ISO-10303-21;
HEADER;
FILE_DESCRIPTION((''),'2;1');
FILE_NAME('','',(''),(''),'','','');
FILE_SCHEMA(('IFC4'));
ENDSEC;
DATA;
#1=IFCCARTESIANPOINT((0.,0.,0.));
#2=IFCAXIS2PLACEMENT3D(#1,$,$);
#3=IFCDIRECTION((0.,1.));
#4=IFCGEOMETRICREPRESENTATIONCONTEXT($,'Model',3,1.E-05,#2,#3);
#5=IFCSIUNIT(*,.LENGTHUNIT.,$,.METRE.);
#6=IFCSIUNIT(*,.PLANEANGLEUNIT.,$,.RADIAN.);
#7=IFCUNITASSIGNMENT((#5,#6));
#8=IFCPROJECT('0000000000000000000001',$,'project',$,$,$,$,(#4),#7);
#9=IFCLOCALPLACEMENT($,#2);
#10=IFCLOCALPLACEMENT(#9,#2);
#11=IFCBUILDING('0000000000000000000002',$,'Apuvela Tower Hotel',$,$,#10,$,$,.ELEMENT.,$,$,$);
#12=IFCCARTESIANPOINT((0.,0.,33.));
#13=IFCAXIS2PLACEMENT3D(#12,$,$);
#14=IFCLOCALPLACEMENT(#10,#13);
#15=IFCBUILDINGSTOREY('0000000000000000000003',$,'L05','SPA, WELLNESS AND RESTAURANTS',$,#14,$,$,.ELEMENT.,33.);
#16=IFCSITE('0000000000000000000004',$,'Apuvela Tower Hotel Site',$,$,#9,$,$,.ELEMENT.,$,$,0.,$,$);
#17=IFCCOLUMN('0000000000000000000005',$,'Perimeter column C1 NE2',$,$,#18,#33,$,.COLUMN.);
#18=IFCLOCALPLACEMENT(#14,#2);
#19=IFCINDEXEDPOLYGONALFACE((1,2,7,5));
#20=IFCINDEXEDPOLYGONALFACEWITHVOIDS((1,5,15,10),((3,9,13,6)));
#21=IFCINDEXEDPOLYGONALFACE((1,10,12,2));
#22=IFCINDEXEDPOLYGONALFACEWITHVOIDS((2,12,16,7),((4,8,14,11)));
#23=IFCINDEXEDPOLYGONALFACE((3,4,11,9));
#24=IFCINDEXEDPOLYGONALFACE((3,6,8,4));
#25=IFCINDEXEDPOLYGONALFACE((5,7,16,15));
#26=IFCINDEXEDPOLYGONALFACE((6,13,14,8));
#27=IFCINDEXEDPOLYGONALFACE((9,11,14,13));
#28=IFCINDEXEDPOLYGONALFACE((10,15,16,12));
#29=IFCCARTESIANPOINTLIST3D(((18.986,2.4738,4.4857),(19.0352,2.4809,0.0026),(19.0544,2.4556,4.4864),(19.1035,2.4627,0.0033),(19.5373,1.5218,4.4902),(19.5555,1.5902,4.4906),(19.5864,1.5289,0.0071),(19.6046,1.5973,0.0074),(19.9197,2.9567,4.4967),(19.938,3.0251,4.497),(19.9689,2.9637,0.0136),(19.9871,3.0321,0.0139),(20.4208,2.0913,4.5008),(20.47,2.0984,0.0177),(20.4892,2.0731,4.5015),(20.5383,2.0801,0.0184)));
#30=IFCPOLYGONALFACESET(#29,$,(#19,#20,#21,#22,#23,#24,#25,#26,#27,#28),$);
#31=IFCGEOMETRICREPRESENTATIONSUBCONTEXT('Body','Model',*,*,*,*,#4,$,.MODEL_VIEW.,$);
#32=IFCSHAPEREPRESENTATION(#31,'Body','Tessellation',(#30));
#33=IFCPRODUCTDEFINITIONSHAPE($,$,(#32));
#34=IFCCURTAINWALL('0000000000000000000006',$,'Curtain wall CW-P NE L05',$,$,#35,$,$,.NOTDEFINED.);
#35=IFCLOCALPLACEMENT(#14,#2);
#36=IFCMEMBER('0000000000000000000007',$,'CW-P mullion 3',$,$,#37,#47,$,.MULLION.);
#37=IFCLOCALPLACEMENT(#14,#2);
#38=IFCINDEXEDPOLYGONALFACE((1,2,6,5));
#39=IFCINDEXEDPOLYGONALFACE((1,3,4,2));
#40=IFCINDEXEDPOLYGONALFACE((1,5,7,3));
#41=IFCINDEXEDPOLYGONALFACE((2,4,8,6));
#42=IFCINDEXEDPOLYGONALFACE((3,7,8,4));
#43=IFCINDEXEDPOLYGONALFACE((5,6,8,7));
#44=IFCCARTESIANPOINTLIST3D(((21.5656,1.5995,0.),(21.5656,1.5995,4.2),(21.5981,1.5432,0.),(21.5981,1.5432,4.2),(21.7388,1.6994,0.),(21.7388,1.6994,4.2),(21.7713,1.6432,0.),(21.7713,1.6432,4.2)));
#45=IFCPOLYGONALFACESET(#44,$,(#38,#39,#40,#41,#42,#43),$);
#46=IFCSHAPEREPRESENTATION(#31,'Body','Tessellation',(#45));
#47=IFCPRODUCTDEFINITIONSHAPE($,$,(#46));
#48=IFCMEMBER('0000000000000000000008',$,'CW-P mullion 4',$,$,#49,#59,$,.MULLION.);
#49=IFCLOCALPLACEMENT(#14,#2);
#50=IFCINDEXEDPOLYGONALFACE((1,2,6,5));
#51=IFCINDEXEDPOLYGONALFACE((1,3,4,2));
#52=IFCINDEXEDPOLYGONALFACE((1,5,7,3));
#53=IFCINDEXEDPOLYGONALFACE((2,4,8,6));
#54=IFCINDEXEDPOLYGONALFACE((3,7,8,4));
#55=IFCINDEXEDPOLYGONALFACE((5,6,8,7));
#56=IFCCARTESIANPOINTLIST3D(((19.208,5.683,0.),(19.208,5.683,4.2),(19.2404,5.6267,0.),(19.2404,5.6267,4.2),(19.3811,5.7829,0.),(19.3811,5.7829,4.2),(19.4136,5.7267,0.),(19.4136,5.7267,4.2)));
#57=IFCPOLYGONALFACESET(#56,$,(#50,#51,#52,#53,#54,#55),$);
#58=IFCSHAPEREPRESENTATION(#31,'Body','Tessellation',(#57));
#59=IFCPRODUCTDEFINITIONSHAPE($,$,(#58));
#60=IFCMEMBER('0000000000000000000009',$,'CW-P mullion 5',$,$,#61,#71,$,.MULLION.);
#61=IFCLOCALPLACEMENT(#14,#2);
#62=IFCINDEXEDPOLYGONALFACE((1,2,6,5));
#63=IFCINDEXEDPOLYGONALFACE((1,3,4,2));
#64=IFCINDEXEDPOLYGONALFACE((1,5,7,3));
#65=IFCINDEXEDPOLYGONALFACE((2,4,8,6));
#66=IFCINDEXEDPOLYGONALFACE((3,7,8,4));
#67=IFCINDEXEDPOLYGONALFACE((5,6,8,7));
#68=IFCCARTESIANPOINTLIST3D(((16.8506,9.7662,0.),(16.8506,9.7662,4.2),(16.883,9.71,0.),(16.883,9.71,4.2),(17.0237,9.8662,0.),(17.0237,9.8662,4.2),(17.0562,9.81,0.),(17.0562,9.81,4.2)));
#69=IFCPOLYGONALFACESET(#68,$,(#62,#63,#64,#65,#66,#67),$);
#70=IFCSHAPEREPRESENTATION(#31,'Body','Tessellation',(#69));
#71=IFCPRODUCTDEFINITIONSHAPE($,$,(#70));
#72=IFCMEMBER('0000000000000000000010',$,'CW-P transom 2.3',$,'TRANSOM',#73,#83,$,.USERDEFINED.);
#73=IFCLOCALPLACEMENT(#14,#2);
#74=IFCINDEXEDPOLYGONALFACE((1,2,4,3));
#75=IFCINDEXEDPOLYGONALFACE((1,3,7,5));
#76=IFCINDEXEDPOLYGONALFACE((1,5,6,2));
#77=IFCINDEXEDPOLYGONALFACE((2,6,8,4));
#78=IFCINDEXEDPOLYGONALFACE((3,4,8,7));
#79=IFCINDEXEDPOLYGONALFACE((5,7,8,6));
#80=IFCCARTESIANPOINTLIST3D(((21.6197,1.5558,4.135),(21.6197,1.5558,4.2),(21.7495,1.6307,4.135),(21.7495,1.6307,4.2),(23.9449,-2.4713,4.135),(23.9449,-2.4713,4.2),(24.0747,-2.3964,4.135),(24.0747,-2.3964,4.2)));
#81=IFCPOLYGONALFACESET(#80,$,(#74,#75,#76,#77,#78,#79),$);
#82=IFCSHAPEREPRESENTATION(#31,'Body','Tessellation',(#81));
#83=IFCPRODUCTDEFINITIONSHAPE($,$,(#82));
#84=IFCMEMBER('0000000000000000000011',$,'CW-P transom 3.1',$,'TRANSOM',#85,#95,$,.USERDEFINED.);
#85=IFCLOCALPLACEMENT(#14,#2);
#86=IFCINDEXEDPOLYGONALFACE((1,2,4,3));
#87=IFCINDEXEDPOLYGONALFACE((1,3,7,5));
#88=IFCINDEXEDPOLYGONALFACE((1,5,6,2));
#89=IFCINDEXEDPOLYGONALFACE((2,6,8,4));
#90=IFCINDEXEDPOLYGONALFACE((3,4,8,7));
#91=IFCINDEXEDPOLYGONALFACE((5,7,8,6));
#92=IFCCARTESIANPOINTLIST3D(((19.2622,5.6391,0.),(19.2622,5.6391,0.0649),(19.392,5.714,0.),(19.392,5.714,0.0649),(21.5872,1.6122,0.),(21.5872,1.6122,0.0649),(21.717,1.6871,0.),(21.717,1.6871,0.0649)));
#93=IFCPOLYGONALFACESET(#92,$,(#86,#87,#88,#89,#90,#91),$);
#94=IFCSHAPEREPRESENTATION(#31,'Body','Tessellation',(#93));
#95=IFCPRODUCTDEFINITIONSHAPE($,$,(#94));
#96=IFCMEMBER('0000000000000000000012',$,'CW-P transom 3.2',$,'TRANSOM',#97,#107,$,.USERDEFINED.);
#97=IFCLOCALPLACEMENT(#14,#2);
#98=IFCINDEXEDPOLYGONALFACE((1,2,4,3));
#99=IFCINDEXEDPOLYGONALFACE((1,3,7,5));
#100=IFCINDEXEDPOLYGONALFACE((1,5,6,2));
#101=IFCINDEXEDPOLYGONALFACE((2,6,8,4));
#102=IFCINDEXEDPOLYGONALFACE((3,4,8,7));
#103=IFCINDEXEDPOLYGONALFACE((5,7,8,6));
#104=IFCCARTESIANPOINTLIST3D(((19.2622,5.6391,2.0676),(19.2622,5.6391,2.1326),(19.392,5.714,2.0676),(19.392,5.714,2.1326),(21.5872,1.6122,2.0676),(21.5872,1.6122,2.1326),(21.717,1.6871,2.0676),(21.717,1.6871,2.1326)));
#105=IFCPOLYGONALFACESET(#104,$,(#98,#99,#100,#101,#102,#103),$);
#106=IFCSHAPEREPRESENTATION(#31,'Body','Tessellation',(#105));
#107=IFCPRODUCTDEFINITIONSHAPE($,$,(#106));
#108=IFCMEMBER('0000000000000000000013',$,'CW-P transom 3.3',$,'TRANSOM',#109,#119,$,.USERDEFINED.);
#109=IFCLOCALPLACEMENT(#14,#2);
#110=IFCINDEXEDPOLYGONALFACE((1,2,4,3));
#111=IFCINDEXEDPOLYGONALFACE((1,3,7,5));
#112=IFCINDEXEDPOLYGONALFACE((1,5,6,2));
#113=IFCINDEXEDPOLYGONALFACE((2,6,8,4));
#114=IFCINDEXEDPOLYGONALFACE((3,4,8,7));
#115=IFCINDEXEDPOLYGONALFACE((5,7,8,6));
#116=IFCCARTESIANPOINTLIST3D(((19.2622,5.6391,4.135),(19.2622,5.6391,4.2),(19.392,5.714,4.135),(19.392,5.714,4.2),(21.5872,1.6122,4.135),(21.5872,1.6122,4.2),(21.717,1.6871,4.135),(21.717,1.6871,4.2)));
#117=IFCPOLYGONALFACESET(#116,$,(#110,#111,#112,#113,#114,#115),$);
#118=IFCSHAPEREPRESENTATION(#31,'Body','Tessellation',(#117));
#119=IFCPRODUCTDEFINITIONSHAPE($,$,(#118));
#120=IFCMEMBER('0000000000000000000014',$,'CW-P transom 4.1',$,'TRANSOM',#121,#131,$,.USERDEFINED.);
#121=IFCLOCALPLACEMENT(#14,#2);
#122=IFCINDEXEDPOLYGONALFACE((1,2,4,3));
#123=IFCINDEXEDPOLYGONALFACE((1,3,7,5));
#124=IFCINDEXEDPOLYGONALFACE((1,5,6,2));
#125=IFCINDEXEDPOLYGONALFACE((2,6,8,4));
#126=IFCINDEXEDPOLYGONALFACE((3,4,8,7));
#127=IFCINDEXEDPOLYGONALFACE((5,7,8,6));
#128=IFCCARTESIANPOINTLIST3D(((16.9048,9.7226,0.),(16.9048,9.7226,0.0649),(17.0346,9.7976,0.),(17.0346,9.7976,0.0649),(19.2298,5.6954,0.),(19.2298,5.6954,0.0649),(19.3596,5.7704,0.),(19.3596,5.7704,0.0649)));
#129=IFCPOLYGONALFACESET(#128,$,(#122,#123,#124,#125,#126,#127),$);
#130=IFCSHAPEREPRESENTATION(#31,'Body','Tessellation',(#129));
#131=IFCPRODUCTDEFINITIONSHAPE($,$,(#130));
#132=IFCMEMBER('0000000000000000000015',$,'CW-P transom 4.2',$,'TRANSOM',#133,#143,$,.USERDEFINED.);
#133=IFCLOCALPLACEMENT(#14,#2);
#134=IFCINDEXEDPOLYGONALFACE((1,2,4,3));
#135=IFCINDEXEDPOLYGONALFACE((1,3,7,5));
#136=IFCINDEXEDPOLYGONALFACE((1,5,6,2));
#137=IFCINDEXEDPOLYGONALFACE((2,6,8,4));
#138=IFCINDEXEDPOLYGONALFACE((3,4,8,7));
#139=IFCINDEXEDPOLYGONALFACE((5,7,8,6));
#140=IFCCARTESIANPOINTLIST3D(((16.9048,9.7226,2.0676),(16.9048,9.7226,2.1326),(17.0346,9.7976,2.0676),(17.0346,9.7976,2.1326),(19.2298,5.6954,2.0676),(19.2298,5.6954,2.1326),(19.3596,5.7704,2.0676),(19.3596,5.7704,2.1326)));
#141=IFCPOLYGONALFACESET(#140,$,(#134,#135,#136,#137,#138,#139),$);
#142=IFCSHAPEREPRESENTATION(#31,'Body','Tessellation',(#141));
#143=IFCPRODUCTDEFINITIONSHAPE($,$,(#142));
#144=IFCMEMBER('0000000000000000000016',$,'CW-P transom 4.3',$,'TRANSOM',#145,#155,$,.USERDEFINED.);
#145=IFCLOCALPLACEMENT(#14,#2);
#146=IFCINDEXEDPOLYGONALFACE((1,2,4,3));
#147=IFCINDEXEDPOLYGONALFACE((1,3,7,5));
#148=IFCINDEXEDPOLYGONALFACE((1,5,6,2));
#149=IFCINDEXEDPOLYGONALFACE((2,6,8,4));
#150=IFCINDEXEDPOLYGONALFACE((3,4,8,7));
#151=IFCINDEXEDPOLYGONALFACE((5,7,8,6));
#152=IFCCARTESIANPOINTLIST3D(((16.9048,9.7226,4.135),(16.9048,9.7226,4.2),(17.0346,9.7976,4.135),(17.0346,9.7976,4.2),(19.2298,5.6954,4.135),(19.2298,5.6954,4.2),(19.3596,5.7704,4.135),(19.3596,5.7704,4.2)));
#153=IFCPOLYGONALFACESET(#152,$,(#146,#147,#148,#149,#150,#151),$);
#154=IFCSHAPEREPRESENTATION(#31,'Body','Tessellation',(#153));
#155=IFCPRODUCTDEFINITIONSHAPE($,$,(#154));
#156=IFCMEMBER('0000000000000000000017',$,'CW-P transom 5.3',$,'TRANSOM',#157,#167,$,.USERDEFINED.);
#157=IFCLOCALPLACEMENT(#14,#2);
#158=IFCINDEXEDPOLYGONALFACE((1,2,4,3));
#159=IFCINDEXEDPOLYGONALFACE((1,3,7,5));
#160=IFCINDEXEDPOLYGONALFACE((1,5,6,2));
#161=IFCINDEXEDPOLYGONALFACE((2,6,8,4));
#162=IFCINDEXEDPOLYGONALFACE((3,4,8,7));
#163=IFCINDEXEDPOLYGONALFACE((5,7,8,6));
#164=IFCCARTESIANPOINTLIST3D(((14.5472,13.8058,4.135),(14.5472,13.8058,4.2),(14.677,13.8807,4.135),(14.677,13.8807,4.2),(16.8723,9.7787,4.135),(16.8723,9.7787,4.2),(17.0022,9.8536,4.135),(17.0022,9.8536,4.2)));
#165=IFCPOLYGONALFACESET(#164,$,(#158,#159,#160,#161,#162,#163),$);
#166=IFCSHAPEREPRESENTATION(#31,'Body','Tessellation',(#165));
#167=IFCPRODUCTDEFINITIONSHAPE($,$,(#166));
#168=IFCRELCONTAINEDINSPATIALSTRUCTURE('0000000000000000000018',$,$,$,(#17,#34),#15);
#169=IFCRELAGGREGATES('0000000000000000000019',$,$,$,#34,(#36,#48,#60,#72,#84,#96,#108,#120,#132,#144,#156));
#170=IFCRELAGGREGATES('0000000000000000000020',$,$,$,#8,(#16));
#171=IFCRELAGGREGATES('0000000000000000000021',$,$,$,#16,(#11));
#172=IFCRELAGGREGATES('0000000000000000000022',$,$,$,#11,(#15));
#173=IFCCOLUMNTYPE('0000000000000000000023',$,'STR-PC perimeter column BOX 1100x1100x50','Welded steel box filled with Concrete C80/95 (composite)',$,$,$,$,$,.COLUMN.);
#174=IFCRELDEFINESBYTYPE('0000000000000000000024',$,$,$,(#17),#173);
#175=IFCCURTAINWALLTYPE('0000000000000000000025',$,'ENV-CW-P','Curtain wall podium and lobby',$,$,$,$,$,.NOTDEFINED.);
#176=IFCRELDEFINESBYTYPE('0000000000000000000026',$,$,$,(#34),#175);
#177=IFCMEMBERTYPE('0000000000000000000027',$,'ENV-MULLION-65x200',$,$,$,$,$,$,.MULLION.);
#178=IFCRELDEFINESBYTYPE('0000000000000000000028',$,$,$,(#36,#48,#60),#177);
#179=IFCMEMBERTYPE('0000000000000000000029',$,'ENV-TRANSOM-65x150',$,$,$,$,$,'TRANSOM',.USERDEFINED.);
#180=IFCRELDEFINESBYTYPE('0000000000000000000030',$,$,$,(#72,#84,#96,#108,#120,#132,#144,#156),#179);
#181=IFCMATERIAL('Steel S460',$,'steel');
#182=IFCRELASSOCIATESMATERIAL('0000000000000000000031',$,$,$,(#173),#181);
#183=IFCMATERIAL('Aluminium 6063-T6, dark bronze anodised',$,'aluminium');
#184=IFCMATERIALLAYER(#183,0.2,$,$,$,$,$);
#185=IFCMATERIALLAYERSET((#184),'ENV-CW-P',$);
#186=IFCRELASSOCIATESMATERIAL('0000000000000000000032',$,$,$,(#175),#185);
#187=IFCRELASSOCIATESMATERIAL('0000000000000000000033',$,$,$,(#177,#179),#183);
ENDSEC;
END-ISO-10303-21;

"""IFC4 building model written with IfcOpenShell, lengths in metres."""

from ifc_helpers import new_model, si_unit, direction, frame, origin, origin_2d, place, context, subcontext, project, spatial, rectangle, hollow_rectangle, extrude, boolean, halfspace, material, layer, layer_set, material_profile, profile_set, type_object, element, aggregate, save


model = new_model("IFC4")

# Units and contexts
model_context = context("Model", 3, precision=1e-05, world=origin(), true_north=direction((0.0, 1.0)))
body_context = subcontext(model_context, "Body", "Model", "MODEL_VIEW")
ifc_project = project(units=[si_unit("LENGTHUNIT", "METRE"), si_unit("PLANEANGLEUNIT", "RADIAN")], contexts=[model_context])

# Site, building, storey
site_placement = place(None, origin())
site = spatial("IfcSite", under=ifc_project, at=site_placement, Name="Apuvela Tower Hotel Site", CompositionType="ELEMENT", RefElevation=0.0)
building_placement = place(site_placement, origin())
building = spatial("IfcBuilding", under=site, at=building_placement, Name="Apuvela Tower Hotel", CompositionType="ELEMENT")
storey_placement = place(building_placement, frame((0.0, 0.0, 33.0)))
storey = spatial("IfcBuildingStorey", under=building, at=storey_placement, Name="L05", Description="SPA, WELLNESS AND RESTAURANTS", CompositionType="ELEMENT", Elevation=33.0)

# Column
ifc_material_1 = material(Name="Steel S460", Category="steel")
ifc_material_profile_1 = material_profile(ifc_material_1, hollow_rectangle(XDim=1.1001, YDim=1.1001, WallThickness=0.05, at=origin_2d()), Name="BOX 1100x1100x50")
ifc_material_2 = material(Name="Concrete C80/95", Category="concrete")
ifc_material_profile_2 = material_profile(ifc_material_2, rectangle(XDim=1.0, YDim=1.0, at=origin_2d()), Name="Concrete C80/95 infill")
ifc_profile_set_1 = profile_set([ifc_material_profile_1, ifc_material_profile_2], Name="Steel S460")
column_type = type_object("IfcColumnType", Name="STR-PC perimeter column BOX 1100x1100x50", Description="Welded steel box filled with Concrete C80/95 (composite)", PredefinedType="COLUMN", material=ifc_profile_set_1)
column_placement = place(storey_placement, frame((19.7869, 2.2805, 0.0), z_axis=(-0.010959, -0.001573, 0.999939), x_axis=(0.501077, -0.865393, 0.00413)))
element("IfcColumn", 1, at=column_placement, inside=storey, type_object=column_type, Name="Perimeter column C1 NE2", PredefinedType="COLUMN", context=body_context, shape_type="SweptSolid", body=[
    boolean("DIFFERENCE", boolean("DIFFERENCE", extrude(hollow_rectangle(XDim=1.1001, YDim=1.1001, WallThickness=0.05, at=origin_2d()), origin(), (0.0, 0.0, 1.0), 4.5002), halfspace(frame((0.0, 0.0, 0.0105), z_axis=(0.0, 0.0, 1.0), x_axis=(1.0, 0.0, 0.0)), True)), halfspace(frame((0.0, 0.0, 4.4939), z_axis=(0.0, 0.0, 1.0), x_axis=(1.0, 0.0, 0.0)), False)),
])

# Curtain wall, members
ifc_material_3 = material(Name="Aluminium 6063-T6, dark bronze anodised", Category="aluminium")
ifc_layer_1 = layer(ifc_material_3, 0.2)
ifc_layer_set_1 = layer_set([ifc_layer_1], Name="ENV-CW-P")
curtain_wall_type = type_object("IfcCurtainWallType", Name="ENV-CW-P", Description="Curtain wall podium and lobby", PredefinedType="NOTDEFINED", material=ifc_layer_set_1)
curtain_wall_placement = place(storey_placement, origin())
curtain_wall = element("IfcCurtainWall", 2, at=curtain_wall_placement, inside=storey, type_object=curtain_wall_type, Name="Curtain wall CW-P NE L05", PredefinedType="NOTDEFINED")
ifc_material_profile_3 = material_profile(ifc_material_3, rectangle(XDim=0.2, YDim=0.0649, at=origin_2d()), Name="AL 65x200")
ifc_profile_set_2 = profile_set([ifc_material_profile_3], Name="Aluminium 6063-T6, dark bronze anodised")
member_type_1 = type_object("IfcMemberType", Name="ENV-MULLION-65x200", PredefinedType="MULLION", material=ifc_profile_set_2)
member_1_placement = place(storey_placement, frame((21.6685, 1.6213, 0.0), z_axis=(0.0, 0.0, 1.0), x_axis=(-0.866026, -0.5, 0.0)))
member_1 = element("IfcMember", 3, at=member_1_placement, type_object=member_type_1, Name="CW-P mullion 3", PredefinedType="MULLION", context=body_context, shape_type="SweptSolid", body=[
    extrude(rectangle(XDim=0.2, YDim=0.0649, at=origin_2d()), origin(), (0.0, 0.0, 1.0), 4.2),
])
member_2_placement = place(storey_placement, frame((19.3108, 5.7048, 0.0), z_axis=(0.0, 0.0, 1.0), x_axis=(-0.866026, -0.5, 0.0)))
member_2 = element("IfcMember", 4, at=member_2_placement, type_object=member_type_1, Name="CW-P mullion 4", PredefinedType="MULLION", context=body_context, shape_type="SweptSolid", body=[
    extrude(rectangle(XDim=0.2, YDim=0.0649, at=origin_2d()), origin(), (0.0, 0.0, 1.0), 4.2),
])
member_3_placement = place(storey_placement, frame((16.9534, 9.7881, 0.0), z_axis=(0.0, 0.0, 1.0), x_axis=(-0.866026, -0.5, 0.0)))
member_3 = element("IfcMember", 5, at=member_3_placement, type_object=member_type_1, Name="CW-P mullion 5", PredefinedType="MULLION", context=body_context, shape_type="SweptSolid", body=[
    extrude(rectangle(XDim=0.2, YDim=0.0649, at=origin_2d()), origin(), (0.0, 0.0, 1.0), 4.2),
])
ifc_material_profile_4 = material_profile(ifc_material_3, rectangle(XDim=0.1499, YDim=0.0649, at=origin_2d()), Name="AL 65x150 transom")
ifc_profile_set_3 = profile_set([ifc_material_profile_4], Name="Aluminium 6063-T6, dark bronze anodised")
member_type_2 = type_object("IfcMemberType", Name="ENV-TRANSOM-65x150", ElementType="TRANSOM", PredefinedType="USERDEFINED", material=ifc_profile_set_3)
member_4_placement = place(storey_placement, frame((24.0098, -2.4338, 4.1675), z_axis=(-0.500024, 0.866012, 0.0), x_axis=(-0.866012, -0.500024, 0.0)))
member_4 = element("IfcMember", 6, at=member_4_placement, type_object=member_type_2, Name="CW-P transom 2.3", ObjectType="TRANSOM", PredefinedType="USERDEFINED", context=body_context, shape_type="SweptSolid", body=[
    extrude(rectangle(XDim=0.1499, YDim=0.0649, at=origin_2d()), origin(), (0.0, 0.0, 1.0), 4.6501),
])
member_5_placement = place(storey_placement, frame((21.6521, 1.6497, 0.0325), z_axis=(-0.500007, 0.866021, 0.0), x_axis=(-0.866021, -0.500007, 0.0)))
member_5 = element("IfcMember", 7, at=member_5_placement, type_object=member_type_2, Name="CW-P transom 3.1", ObjectType="TRANSOM", PredefinedType="USERDEFINED", context=body_context, shape_type="SweptSolid", body=[
    extrude(rectangle(XDim=0.1499, YDim=0.0649, at=origin_2d()), origin(), (0.0, 0.0, 1.0), 4.6499),
])
member_6_placement = place(storey_placement, frame((21.6521, 1.6497, 2.1001), z_axis=(-0.500007, 0.866021, 0.0), x_axis=(-0.866021, -0.500007, 0.0)))
member_6 = element("IfcMember", 8, at=member_6_placement, type_object=member_type_2, Name="CW-P transom 3.2", ObjectType="TRANSOM", PredefinedType="USERDEFINED", context=body_context, shape_type="SweptSolid", body=[
    extrude(rectangle(XDim=0.1499, YDim=0.0649, at=origin_2d()), origin(), (0.0, 0.0, 1.0), 4.6499),
])
member_7_placement = place(storey_placement, frame((21.6521, 1.6497, 4.1675), z_axis=(-0.500007, 0.866021, 0.0), x_axis=(-0.866021, -0.500007, 0.0)))
member_7 = element("IfcMember", 9, at=member_7_placement, type_object=member_type_2, Name="CW-P transom 3.3", ObjectType="TRANSOM", PredefinedType="USERDEFINED", context=body_context, shape_type="SweptSolid", body=[
    extrude(rectangle(XDim=0.1499, YDim=0.0649, at=origin_2d()), origin(), (0.0, 0.0, 1.0), 4.6499),
])
member_8_placement = place(storey_placement, frame((19.2947, 5.7329, 0.0325), z_axis=(-0.499985, 0.866034, 0.0), x_axis=(-0.866034, -0.499985, 0.0)))
member_8 = element("IfcMember", 10, at=member_8_placement, type_object=member_type_2, Name="CW-P transom 4.1", ObjectType="TRANSOM", PredefinedType="USERDEFINED", context=body_context, shape_type="SweptSolid", body=[
    extrude(rectangle(XDim=0.1499, YDim=0.0649, at=origin_2d()), origin(), (0.0, 0.0, 1.0), 4.6501),
])
member_9_placement = place(storey_placement, frame((19.2947, 5.7329, 2.1001), z_axis=(-0.499985, 0.866034, 0.0), x_axis=(-0.866034, -0.499985, 0.0)))
member_9 = element("IfcMember", 11, at=member_9_placement, type_object=member_type_2, Name="CW-P transom 4.2", ObjectType="TRANSOM", PredefinedType="USERDEFINED", context=body_context, shape_type="SweptSolid", body=[
    extrude(rectangle(XDim=0.1499, YDim=0.0649, at=origin_2d()), origin(), (0.0, 0.0, 1.0), 4.6501),
])
member_10_placement = place(storey_placement, frame((19.2947, 5.7329, 4.1675), z_axis=(-0.499985, 0.866034, 0.0), x_axis=(-0.866034, -0.499985, 0.0)))
member_10 = element("IfcMember", 12, at=member_10_placement, type_object=member_type_2, Name="CW-P transom 4.3", ObjectType="TRANSOM", PredefinedType="USERDEFINED", context=body_context, shape_type="SweptSolid", body=[
    extrude(rectangle(XDim=0.1499, YDim=0.0649, at=origin_2d()), origin(), (0.0, 0.0, 1.0), 4.6501),
])
member_11_placement = place(storey_placement, frame((16.9373, 9.8162, 4.1675), z_axis=(-0.500024, 0.866012, 0.0), x_axis=(-0.866012, -0.500024, 0.0)))
member_11 = element("IfcMember", 13, at=member_11_placement, type_object=member_type_2, Name="CW-P transom 5.3", ObjectType="TRANSOM", PredefinedType="USERDEFINED", context=body_context, shape_type="SweptSolid", body=[
    extrude(rectangle(XDim=0.1499, YDim=0.0649, at=origin_2d()), origin(), (0.0, 0.0, 1.0), 4.6501),
])

aggregate(curtain_wall, [member_1, member_2, member_3, member_4, member_5, member_6, member_7, member_8, member_9, member_10, member_11])

save(model, "model.ifc")
